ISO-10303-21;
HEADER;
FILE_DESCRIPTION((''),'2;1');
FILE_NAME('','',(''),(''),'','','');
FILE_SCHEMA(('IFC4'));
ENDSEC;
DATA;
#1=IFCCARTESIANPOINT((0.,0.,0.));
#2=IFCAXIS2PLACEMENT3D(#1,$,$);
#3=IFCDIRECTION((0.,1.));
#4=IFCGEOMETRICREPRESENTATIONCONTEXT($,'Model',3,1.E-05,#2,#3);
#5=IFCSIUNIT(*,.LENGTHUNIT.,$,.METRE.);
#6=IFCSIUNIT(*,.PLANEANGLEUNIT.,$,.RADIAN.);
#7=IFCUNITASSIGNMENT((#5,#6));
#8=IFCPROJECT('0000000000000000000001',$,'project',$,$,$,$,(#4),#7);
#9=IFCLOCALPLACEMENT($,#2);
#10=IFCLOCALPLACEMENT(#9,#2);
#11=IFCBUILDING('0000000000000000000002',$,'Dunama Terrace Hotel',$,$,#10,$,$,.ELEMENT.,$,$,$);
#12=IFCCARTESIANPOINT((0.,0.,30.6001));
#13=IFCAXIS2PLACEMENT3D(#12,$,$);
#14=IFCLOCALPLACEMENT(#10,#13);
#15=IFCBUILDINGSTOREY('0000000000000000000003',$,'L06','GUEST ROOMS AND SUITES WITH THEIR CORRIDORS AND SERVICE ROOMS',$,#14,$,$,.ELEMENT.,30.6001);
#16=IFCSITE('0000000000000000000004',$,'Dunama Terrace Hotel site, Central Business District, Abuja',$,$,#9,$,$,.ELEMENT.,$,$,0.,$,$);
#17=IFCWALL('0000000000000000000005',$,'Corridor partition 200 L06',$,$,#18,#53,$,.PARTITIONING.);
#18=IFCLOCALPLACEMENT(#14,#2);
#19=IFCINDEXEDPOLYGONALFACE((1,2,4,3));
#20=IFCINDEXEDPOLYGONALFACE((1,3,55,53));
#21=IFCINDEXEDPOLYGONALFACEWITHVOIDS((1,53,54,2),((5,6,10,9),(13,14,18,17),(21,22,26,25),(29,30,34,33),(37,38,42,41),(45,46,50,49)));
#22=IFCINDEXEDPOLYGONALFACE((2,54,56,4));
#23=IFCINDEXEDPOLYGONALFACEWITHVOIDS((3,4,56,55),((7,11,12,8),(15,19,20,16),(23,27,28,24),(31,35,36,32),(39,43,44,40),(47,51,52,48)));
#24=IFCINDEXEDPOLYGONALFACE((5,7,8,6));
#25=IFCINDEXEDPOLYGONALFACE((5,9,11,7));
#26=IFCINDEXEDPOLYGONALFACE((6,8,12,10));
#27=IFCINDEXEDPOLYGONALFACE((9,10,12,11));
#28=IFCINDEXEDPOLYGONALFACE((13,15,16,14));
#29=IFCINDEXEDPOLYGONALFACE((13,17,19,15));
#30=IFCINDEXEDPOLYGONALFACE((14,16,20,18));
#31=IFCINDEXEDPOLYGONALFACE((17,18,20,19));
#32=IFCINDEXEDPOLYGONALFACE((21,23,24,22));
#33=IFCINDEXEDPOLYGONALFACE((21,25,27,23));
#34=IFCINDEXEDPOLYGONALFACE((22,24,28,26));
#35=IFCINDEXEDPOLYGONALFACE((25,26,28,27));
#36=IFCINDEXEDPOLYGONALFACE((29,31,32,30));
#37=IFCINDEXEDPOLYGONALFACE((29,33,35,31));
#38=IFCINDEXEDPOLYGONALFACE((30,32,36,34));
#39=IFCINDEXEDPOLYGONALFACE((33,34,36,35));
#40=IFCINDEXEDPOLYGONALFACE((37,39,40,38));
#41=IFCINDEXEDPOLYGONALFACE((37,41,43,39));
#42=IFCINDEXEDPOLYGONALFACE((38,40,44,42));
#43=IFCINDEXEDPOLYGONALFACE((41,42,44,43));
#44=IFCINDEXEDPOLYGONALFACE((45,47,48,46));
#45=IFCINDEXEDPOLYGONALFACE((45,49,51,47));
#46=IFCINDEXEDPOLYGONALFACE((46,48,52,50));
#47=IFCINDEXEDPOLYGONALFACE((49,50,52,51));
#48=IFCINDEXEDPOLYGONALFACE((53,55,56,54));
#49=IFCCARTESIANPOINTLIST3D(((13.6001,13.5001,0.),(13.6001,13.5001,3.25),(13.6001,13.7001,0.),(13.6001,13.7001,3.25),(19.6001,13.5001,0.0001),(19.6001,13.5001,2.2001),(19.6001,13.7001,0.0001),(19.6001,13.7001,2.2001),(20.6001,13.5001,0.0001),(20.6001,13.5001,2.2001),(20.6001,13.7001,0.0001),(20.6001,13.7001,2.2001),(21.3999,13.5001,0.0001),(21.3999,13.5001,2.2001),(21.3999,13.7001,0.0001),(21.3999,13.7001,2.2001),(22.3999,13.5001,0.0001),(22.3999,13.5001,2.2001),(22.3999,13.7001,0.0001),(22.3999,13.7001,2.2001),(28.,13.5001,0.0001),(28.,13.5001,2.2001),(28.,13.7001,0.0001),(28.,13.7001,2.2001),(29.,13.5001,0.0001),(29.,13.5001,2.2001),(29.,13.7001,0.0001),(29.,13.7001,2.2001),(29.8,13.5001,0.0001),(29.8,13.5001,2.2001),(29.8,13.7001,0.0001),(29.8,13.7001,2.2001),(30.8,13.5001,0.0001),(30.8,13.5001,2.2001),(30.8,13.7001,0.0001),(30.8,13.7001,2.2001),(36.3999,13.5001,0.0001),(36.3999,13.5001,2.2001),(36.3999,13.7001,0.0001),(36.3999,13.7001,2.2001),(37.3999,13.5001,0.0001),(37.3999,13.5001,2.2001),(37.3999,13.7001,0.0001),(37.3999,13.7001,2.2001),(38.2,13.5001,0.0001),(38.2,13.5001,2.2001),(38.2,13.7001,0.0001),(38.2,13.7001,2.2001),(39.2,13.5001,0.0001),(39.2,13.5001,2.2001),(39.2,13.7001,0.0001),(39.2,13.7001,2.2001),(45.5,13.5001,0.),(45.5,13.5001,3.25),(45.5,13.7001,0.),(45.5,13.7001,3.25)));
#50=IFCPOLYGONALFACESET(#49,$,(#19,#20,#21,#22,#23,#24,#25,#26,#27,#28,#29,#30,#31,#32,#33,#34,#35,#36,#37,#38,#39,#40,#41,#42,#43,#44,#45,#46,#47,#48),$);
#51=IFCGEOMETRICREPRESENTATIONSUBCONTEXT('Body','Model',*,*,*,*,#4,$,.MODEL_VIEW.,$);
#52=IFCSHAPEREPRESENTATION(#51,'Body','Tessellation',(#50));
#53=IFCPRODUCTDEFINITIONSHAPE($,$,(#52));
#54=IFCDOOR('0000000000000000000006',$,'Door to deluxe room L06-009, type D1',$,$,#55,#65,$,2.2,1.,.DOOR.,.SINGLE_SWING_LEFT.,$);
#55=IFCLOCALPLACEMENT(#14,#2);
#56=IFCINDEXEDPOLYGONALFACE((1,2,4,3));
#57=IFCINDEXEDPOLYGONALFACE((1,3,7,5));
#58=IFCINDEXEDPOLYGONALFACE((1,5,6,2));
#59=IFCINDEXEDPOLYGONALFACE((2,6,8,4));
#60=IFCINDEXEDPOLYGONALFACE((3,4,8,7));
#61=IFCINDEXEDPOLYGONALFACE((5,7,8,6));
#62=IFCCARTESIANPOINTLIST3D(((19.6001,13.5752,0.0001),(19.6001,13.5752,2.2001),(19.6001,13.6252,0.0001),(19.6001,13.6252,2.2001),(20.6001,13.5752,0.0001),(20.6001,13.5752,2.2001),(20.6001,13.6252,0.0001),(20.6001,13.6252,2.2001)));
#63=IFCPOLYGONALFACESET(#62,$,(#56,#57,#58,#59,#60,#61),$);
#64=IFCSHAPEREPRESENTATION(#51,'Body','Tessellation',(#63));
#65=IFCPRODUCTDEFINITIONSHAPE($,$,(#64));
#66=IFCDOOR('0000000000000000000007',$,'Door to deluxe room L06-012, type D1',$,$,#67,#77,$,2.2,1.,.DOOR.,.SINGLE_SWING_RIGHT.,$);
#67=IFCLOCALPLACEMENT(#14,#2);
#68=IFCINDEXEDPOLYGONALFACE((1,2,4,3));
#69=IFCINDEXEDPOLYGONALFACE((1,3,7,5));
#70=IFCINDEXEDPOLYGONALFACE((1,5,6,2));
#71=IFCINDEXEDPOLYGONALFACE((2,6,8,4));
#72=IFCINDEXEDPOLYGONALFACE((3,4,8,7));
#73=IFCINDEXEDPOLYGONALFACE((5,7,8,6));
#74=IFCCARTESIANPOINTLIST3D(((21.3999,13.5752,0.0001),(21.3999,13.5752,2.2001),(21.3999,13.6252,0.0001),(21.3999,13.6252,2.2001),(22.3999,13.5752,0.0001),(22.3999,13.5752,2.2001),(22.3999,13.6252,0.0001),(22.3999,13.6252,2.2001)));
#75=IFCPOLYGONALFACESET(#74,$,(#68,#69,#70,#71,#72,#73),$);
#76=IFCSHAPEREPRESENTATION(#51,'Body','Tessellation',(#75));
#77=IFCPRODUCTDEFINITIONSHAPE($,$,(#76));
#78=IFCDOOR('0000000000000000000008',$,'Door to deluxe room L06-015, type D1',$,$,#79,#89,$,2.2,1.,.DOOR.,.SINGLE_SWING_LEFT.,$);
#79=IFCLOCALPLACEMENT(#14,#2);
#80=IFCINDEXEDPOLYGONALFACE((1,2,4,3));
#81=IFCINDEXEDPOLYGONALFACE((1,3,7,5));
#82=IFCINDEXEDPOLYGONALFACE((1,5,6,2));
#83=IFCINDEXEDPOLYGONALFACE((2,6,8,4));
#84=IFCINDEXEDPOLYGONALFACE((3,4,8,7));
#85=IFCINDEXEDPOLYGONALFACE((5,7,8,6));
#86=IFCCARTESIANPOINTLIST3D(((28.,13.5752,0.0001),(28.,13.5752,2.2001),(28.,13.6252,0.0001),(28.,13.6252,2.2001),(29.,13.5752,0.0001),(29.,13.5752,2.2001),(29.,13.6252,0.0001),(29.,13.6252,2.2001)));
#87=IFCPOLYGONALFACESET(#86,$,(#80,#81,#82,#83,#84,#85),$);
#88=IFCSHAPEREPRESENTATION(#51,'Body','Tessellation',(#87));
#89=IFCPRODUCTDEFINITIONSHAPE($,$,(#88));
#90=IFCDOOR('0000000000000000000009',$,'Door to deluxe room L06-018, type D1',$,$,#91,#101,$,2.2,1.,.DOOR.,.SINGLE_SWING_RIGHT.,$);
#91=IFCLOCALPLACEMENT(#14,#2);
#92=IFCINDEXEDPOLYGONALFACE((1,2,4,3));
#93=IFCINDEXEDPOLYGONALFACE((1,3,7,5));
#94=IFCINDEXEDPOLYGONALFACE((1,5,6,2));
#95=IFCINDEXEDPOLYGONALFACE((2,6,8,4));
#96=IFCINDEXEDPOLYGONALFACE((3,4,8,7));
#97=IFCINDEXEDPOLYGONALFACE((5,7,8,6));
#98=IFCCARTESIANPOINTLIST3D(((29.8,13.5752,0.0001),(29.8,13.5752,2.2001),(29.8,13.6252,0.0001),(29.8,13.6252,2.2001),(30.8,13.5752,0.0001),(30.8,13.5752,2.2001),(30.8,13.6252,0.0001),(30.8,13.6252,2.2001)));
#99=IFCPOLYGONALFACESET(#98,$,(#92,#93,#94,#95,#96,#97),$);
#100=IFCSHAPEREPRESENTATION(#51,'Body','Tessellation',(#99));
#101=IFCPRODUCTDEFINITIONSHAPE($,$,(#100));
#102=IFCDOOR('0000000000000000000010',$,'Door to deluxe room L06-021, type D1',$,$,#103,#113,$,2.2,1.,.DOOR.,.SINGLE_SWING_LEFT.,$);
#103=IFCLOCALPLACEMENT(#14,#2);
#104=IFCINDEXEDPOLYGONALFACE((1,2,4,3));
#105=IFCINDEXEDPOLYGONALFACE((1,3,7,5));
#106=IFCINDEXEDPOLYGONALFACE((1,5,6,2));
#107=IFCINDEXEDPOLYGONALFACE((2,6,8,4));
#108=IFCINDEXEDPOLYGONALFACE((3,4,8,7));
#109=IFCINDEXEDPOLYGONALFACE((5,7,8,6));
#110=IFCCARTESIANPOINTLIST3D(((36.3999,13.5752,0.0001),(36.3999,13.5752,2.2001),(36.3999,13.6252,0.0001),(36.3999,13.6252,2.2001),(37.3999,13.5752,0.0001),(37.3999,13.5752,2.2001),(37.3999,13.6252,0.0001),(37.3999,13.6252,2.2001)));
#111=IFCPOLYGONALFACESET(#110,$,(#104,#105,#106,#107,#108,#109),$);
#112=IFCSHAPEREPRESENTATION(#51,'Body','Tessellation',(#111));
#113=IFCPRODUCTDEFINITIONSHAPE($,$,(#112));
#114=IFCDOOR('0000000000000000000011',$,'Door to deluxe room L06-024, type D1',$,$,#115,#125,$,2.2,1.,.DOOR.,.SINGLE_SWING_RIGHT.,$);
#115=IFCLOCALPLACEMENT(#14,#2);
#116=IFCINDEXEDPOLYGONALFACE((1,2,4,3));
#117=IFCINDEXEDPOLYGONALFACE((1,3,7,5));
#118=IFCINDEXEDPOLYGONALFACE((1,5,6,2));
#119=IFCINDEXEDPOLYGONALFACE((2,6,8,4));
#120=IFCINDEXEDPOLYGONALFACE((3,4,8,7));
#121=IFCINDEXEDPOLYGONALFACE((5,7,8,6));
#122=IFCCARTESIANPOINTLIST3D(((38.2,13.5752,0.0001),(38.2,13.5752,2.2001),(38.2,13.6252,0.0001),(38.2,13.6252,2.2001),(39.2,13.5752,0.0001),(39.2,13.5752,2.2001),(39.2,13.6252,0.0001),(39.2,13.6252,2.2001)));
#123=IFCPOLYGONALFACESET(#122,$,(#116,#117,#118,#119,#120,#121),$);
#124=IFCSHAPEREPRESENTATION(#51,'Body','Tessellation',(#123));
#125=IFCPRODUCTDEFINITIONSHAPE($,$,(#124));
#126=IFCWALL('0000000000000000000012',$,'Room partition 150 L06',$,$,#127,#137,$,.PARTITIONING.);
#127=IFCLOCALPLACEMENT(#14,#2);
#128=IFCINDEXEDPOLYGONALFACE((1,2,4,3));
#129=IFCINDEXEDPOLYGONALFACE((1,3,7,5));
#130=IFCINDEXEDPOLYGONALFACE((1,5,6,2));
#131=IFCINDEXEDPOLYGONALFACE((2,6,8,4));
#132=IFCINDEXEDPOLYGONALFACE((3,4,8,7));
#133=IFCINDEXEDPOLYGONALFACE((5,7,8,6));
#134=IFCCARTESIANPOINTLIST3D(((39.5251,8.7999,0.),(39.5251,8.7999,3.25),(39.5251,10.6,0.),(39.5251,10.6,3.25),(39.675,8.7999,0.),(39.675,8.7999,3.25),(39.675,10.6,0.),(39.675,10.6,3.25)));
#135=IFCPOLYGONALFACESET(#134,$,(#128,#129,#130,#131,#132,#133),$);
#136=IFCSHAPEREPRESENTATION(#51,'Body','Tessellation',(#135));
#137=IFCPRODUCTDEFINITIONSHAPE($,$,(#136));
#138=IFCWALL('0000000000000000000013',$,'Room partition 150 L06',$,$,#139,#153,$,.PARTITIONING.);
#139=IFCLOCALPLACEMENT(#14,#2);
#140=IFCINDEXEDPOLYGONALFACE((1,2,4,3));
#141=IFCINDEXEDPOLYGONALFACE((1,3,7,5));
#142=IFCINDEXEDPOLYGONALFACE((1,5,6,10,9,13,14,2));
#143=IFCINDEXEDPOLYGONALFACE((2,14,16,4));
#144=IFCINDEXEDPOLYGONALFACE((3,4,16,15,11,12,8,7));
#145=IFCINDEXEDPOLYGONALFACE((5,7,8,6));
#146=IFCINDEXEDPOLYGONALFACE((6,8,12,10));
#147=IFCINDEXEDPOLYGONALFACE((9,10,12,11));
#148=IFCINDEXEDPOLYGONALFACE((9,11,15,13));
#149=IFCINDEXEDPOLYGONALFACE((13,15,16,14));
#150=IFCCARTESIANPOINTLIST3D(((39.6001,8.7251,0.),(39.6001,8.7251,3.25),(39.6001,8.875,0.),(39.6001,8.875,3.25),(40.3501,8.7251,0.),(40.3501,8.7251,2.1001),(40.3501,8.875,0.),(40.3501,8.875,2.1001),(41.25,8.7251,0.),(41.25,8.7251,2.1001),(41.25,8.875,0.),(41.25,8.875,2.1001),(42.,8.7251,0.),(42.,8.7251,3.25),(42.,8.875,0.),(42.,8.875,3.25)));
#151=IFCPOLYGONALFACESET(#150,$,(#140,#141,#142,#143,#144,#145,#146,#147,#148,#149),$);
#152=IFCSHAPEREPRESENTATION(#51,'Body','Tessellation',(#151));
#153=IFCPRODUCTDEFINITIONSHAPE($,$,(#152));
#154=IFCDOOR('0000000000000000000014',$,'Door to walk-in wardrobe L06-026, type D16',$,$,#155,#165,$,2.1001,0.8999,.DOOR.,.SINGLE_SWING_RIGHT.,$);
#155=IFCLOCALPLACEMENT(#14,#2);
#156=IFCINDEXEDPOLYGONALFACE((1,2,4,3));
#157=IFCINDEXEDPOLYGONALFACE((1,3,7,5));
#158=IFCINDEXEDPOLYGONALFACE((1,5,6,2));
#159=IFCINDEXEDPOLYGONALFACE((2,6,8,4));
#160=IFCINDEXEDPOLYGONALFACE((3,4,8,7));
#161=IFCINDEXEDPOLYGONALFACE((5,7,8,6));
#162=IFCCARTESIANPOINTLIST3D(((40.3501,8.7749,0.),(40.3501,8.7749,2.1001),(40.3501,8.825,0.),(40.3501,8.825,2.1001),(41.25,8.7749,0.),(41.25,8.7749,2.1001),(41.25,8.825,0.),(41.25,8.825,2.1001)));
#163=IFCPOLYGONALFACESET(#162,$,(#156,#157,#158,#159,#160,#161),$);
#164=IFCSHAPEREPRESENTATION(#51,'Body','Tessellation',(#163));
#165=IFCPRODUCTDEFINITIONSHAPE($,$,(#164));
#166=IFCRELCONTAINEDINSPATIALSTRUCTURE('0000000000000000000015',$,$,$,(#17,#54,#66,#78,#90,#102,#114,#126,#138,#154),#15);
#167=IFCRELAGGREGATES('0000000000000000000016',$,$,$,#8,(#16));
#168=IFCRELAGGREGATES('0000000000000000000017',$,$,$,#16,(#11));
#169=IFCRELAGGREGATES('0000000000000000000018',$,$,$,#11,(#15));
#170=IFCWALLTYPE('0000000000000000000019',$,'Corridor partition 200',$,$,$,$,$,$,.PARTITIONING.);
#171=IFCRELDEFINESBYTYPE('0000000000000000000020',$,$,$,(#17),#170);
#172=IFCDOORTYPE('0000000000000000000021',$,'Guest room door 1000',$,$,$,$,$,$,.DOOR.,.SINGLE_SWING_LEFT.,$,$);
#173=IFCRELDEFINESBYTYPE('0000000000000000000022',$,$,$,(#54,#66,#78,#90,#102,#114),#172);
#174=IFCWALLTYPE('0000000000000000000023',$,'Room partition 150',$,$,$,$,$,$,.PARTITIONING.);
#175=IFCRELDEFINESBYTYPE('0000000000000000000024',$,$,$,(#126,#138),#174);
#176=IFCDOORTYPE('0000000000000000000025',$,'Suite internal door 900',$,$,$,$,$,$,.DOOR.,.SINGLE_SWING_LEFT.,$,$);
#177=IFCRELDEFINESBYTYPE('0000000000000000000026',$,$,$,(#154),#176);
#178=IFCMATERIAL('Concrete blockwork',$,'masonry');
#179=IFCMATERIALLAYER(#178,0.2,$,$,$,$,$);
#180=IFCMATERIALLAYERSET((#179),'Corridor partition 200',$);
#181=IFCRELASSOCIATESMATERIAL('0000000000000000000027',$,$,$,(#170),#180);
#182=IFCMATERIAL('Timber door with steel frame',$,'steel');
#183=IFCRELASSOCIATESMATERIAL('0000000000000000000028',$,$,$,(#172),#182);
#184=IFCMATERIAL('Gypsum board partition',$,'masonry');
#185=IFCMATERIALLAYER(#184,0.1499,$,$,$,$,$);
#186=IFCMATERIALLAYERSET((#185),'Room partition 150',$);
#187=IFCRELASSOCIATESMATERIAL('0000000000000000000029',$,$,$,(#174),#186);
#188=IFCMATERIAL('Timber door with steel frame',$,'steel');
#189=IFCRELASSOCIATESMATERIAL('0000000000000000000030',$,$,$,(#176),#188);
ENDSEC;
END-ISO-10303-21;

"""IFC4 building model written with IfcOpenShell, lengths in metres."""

from ifc_helpers import new_model, si_unit, direction, frame, frame_2d, origin, place, context, subcontext, project, spatial, rectangle, extrude, material, layer, layer_set, type_object, element, fill, save


model = new_model("IFC4")

# Units and contexts
model_context = context("Model", 3, precision=1e-05, world=origin(), true_north=direction((0.0, 1.0)))
body_context = subcontext(model_context, "Body", "Model", "MODEL_VIEW")
ifc_project = project(units=[si_unit("LENGTHUNIT", "METRE"), si_unit("PLANEANGLEUNIT", "RADIAN")], contexts=[model_context])

# Site, building, storey
site_placement = place(None, origin())
site = spatial("IfcSite", under=ifc_project, at=site_placement, Name="Dunama Terrace Hotel site, Central Business District, Abuja", CompositionType="ELEMENT", RefElevation=0.0)
building_placement = place(site_placement, origin())
building = spatial("IfcBuilding", under=site, at=building_placement, Name="Dunama Terrace Hotel", CompositionType="ELEMENT")
storey_placement = place(building_placement, frame((0.0, 0.0, 30.6001)))
storey = spatial("IfcBuildingStorey", under=building, at=storey_placement, Name="L06", Description="GUEST ROOMS AND SUITES WITH THEIR CORRIDORS AND SERVICE ROOMS", CompositionType="ELEMENT", Elevation=30.6001)

# Wall, openings, doors
ifc_material_1 = material(Name="Concrete blockwork", Category="masonry")
ifc_layer_1 = layer(ifc_material_1, 0.2)
ifc_layer_set_1 = layer_set([ifc_layer_1], Name="Corridor partition 200")
wall_type_1 = type_object("IfcWallType", Name="Corridor partition 200", PredefinedType="PARTITIONING", material=ifc_layer_set_1)
wall_1_placement = place(storey_placement, frame((45.5, 13.6001, 0.0), z_axis=(0.0, 0.0, 1.0), x_axis=(-1.0, 0.0, 0.0)))
wall_1 = element("IfcWall", 1, at=wall_1_placement, inside=storey, type_object=wall_type_1, Name="Corridor partition 200 L06", PredefinedType="PARTITIONING", context=body_context, shape_type="SweptSolid", body=[
    extrude(rectangle(XDim=31.8999, YDim=0.2, at=frame_2d((15.95, 0.0))), origin(), (0.0, 0.0, 1.0), 3.25),
])
opening_1_placement = place(wall_1_placement, frame((24.8999, 0.0, 0.0)))
opening_1 = element("IfcOpeningElement", 2, at=opening_1_placement, cuts=wall_1, PredefinedType="OPENING", context=body_context, shape_type="SweptSolid", body=[
    extrude(rectangle(XDim=1.0, YDim=2.2, at=frame_2d((0.5, 1.1001))), frame((0.0, 0.1099, 0.0), z_axis=(0.0, -1.0, 0.0), x_axis=(1.0, 0.0, 0.0)), (0.0, 0.0, 1.0), 0.22),
])
opening_2_placement = place(wall_1_placement, frame((23.1001, 0.0, 0.0)))
opening_2 = element("IfcOpeningElement", 3, at=opening_2_placement, cuts=wall_1, PredefinedType="OPENING", context=body_context, shape_type="SweptSolid", body=[
    extrude(rectangle(XDim=1.0, YDim=2.2, at=frame_2d((0.5, 1.1001))), frame((0.0, 0.1099, 0.0), z_axis=(0.0, -1.0, 0.0), x_axis=(1.0, 0.0, 0.0)), (0.0, 0.0, 1.0), 0.22),
])
opening_3_placement = place(wall_1_placement, frame((16.5, 0.0, 0.0)))
opening_3 = element("IfcOpeningElement", 4, at=opening_3_placement, cuts=wall_1, PredefinedType="OPENING", context=body_context, shape_type="SweptSolid", body=[
    extrude(rectangle(XDim=1.0, YDim=2.2, at=frame_2d((0.5, 1.1001))), frame((0.0, 0.1099, 0.0), z_axis=(0.0, -1.0, 0.0), x_axis=(1.0, 0.0, 0.0)), (0.0, 0.0, 1.0), 0.22),
])
opening_4_placement = place(wall_1_placement, frame((14.7, 0.0, 0.0)))
opening_4 = element("IfcOpeningElement", 5, at=opening_4_placement, cuts=wall_1, PredefinedType="OPENING", context=body_context, shape_type="SweptSolid", body=[
    extrude(rectangle(XDim=1.0, YDim=2.2, at=frame_2d((0.5, 1.1001))), frame((0.0, 0.1099, 0.0), z_axis=(0.0, -1.0, 0.0), x_axis=(1.0, 0.0, 0.0)), (0.0, 0.0, 1.0), 0.22),
])
opening_5_placement = place(wall_1_placement, frame((8.1001, 0.0, 0.0)))
opening_5 = element("IfcOpeningElement", 6, at=opening_5_placement, cuts=wall_1, PredefinedType="OPENING", context=body_context, shape_type="SweptSolid", body=[
    extrude(rectangle(XDim=1.0, YDim=2.2, at=frame_2d((0.5, 1.1001))), frame((0.0, 0.1099, 0.0), z_axis=(0.0, -1.0, 0.0), x_axis=(1.0, 0.0, 0.0)), (0.0, 0.0, 1.0), 0.22),
])
opening_6_placement = place(wall_1_placement, frame((6.3, 0.0, 0.0)))
opening_6 = element("IfcOpeningElement", 7, at=opening_6_placement, cuts=wall_1, PredefinedType="OPENING", context=body_context, shape_type="SweptSolid", body=[
    extrude(rectangle(XDim=1.0, YDim=2.2, at=frame_2d((0.5, 1.1001))), frame((0.0, 0.1099, 0.0), z_axis=(0.0, -1.0, 0.0), x_axis=(1.0, 0.0, 0.0)), (0.0, 0.0, 1.0), 0.22),
])
ifc_material_2 = material(Name="Timber door with steel frame", Category="steel")
door_type_1 = type_object("IfcDoorType", Name="Guest room door 1000", OperationType="SINGLE_SWING_LEFT", PredefinedType="DOOR", material=ifc_material_2)
door_1_placement = place(opening_1_placement, origin())
door_1 = element("IfcDoor", 8, at=door_1_placement, inside=storey, type_object=door_type_1, Name="Door to deluxe room L06-009, type D1", OperationType="SINGLE_SWING_LEFT", OverallHeight=2.2, OverallWidth=1.0, PredefinedType="DOOR", context=body_context, shape_type="SweptSolid", body=[
    extrude(rectangle(XDim=1.0, YDim=2.2, at=frame_2d((0.5, 1.1001))), frame((0.0, 0.0249, 0.0), z_axis=(0.0, -1.0, 0.0), x_axis=(1.0, 0.0, 0.0)), (0.0, 0.0, 1.0), 0.05),
])
fill(opening_1, door_1)
door_2_placement = place(opening_2_placement, origin())
door_2 = element("IfcDoor", 9, at=door_2_placement, inside=storey, type_object=door_type_1, Name="Door to deluxe room L06-012, type D1", OperationType="SINGLE_SWING_RIGHT", OverallHeight=2.2, OverallWidth=1.0, PredefinedType="DOOR", context=body_context, shape_type="SweptSolid", body=[
    extrude(rectangle(XDim=1.0, YDim=2.2, at=frame_2d((0.5, 1.1001))), frame((0.0, 0.0249, 0.0), z_axis=(0.0, -1.0, 0.0), x_axis=(1.0, 0.0, 0.0)), (0.0, 0.0, 1.0), 0.05),
])
fill(opening_2, door_2)
door_3_placement = place(opening_3_placement, origin())
door_3 = element("IfcDoor", 10, at=door_3_placement, inside=storey, type_object=door_type_1, Name="Door to deluxe room L06-015, type D1", OperationType="SINGLE_SWING_LEFT", OverallHeight=2.2, OverallWidth=1.0, PredefinedType="DOOR", context=body_context, shape_type="SweptSolid", body=[
    extrude(rectangle(XDim=1.0, YDim=2.2, at=frame_2d((0.5, 1.1001))), frame((0.0, 0.0249, 0.0), z_axis=(0.0, -1.0, 0.0), x_axis=(1.0, 0.0, 0.0)), (0.0, 0.0, 1.0), 0.05),
])
fill(opening_3, door_3)
door_4_placement = place(opening_4_placement, origin())
door_4 = element("IfcDoor", 11, at=door_4_placement, inside=storey, type_object=door_type_1, Name="Door to deluxe room L06-018, type D1", OperationType="SINGLE_SWING_RIGHT", OverallHeight=2.2, OverallWidth=1.0, PredefinedType="DOOR", context=body_context, shape_type="SweptSolid", body=[
    extrude(rectangle(XDim=1.0, YDim=2.2, at=frame_2d((0.5, 1.1001))), frame((0.0, 0.0249, 0.0), z_axis=(0.0, -1.0, 0.0), x_axis=(1.0, 0.0, 0.0)), (0.0, 0.0, 1.0), 0.05),
])
fill(opening_4, door_4)
door_5_placement = place(opening_5_placement, origin())
door_5 = element("IfcDoor", 12, at=door_5_placement, inside=storey, type_object=door_type_1, Name="Door to deluxe room L06-021, type D1", OperationType="SINGLE_SWING_LEFT", OverallHeight=2.2, OverallWidth=1.0, PredefinedType="DOOR", context=body_context, shape_type="SweptSolid", body=[
    extrude(rectangle(XDim=1.0, YDim=2.2, at=frame_2d((0.5, 1.1001))), frame((0.0, 0.0249, 0.0), z_axis=(0.0, -1.0, 0.0), x_axis=(1.0, 0.0, 0.0)), (0.0, 0.0, 1.0), 0.05),
])
fill(opening_5, door_5)
door_6_placement = place(opening_6_placement, origin())
door_6 = element("IfcDoor", 13, at=door_6_placement, inside=storey, type_object=door_type_1, Name="Door to deluxe room L06-024, type D1", OperationType="SINGLE_SWING_RIGHT", OverallHeight=2.2, OverallWidth=1.0, PredefinedType="DOOR", context=body_context, shape_type="SweptSolid", body=[
    extrude(rectangle(XDim=1.0, YDim=2.2, at=frame_2d((0.5, 1.1001))), frame((0.0, 0.0249, 0.0), z_axis=(0.0, -1.0, 0.0), x_axis=(1.0, 0.0, 0.0)), (0.0, 0.0, 1.0), 0.05),
])
fill(opening_6, door_6)

# Wall
ifc_material_3 = material(Name="Gypsum board partition", Category="masonry")
ifc_layer_2 = layer(ifc_material_3, 0.1499)
ifc_layer_set_2 = layer_set([ifc_layer_2], Name="Room partition 150")
wall_type_2 = type_object("IfcWallType", Name="Room partition 150", PredefinedType="PARTITIONING", material=ifc_layer_set_2)
wall_2_placement = place(storey_placement, frame((39.6001, 8.8, 0.0), z_axis=(0.0, 0.0, 1.0), x_axis=(0.0, 1.0, 0.0)))
element("IfcWall", 14, at=wall_2_placement, inside=storey, type_object=wall_type_2, Name="Room partition 150 L06", PredefinedType="PARTITIONING", context=body_context, shape_type="SweptSolid", body=[
    extrude(rectangle(XDim=1.8, YDim=0.1499, at=frame_2d((0.8999, 0.0))), origin(), (0.0, 0.0, 1.0), 3.25),
])

# Wall, opening, door
wall_3_placement = place(storey_placement, frame((39.6001, 8.8, 0.0), z_axis=(0.0, 0.0, 1.0), x_axis=(1.0, 0.0, 0.0)))
wall_3 = element("IfcWall", 15, at=wall_3_placement, inside=storey, type_object=wall_type_2, Name="Room partition 150 L06", PredefinedType="PARTITIONING", context=body_context, shape_type="SweptSolid", body=[
    extrude(rectangle(XDim=2.3999, YDim=0.1499, at=frame_2d((1.2, 0.0))), origin(), (0.0, 0.0, 1.0), 3.25),
])
opening_7_placement = place(wall_3_placement, frame((0.75, 0.0, 0.0)))
opening_7 = element("IfcOpeningElement", 16, at=opening_7_placement, cuts=wall_3, PredefinedType="OPENING", context=body_context, shape_type="SweptSolid", body=[
    extrude(rectangle(XDim=0.8999, YDim=2.1001, at=frame_2d((0.45, 1.05))), frame((0.0, 0.085, 0.0), z_axis=(0.0, -1.0, 0.0), x_axis=(1.0, 0.0, 0.0)), (0.0, 0.0, 1.0), 0.1699),
])
ifc_material_4 = material(Name="Timber door with steel frame", Category="steel")
door_type_2 = type_object("IfcDoorType", Name="Suite internal door 900", OperationType="SINGLE_SWING_LEFT", PredefinedType="DOOR", material=ifc_material_4)
door_7_placement = place(opening_7_placement, origin())
door_7 = element("IfcDoor", 17, at=door_7_placement, inside=storey, type_object=door_type_2, Name="Door to walk-in wardrobe L06-026, type D16", OperationType="SINGLE_SWING_RIGHT", OverallHeight=2.1001, OverallWidth=0.8999, PredefinedType="DOOR", context=body_context, shape_type="SweptSolid", body=[
    extrude(rectangle(XDim=0.8999, YDim=2.1001, at=frame_2d((0.45, 1.05))), frame((0.0, 0.0249, 0.0), z_axis=(0.0, -1.0, 0.0), x_axis=(1.0, 0.0, 0.0)), (0.0, 0.0, 1.0), 0.05),
])
fill(opening_7, door_7)

save(model, "model.ifc")
